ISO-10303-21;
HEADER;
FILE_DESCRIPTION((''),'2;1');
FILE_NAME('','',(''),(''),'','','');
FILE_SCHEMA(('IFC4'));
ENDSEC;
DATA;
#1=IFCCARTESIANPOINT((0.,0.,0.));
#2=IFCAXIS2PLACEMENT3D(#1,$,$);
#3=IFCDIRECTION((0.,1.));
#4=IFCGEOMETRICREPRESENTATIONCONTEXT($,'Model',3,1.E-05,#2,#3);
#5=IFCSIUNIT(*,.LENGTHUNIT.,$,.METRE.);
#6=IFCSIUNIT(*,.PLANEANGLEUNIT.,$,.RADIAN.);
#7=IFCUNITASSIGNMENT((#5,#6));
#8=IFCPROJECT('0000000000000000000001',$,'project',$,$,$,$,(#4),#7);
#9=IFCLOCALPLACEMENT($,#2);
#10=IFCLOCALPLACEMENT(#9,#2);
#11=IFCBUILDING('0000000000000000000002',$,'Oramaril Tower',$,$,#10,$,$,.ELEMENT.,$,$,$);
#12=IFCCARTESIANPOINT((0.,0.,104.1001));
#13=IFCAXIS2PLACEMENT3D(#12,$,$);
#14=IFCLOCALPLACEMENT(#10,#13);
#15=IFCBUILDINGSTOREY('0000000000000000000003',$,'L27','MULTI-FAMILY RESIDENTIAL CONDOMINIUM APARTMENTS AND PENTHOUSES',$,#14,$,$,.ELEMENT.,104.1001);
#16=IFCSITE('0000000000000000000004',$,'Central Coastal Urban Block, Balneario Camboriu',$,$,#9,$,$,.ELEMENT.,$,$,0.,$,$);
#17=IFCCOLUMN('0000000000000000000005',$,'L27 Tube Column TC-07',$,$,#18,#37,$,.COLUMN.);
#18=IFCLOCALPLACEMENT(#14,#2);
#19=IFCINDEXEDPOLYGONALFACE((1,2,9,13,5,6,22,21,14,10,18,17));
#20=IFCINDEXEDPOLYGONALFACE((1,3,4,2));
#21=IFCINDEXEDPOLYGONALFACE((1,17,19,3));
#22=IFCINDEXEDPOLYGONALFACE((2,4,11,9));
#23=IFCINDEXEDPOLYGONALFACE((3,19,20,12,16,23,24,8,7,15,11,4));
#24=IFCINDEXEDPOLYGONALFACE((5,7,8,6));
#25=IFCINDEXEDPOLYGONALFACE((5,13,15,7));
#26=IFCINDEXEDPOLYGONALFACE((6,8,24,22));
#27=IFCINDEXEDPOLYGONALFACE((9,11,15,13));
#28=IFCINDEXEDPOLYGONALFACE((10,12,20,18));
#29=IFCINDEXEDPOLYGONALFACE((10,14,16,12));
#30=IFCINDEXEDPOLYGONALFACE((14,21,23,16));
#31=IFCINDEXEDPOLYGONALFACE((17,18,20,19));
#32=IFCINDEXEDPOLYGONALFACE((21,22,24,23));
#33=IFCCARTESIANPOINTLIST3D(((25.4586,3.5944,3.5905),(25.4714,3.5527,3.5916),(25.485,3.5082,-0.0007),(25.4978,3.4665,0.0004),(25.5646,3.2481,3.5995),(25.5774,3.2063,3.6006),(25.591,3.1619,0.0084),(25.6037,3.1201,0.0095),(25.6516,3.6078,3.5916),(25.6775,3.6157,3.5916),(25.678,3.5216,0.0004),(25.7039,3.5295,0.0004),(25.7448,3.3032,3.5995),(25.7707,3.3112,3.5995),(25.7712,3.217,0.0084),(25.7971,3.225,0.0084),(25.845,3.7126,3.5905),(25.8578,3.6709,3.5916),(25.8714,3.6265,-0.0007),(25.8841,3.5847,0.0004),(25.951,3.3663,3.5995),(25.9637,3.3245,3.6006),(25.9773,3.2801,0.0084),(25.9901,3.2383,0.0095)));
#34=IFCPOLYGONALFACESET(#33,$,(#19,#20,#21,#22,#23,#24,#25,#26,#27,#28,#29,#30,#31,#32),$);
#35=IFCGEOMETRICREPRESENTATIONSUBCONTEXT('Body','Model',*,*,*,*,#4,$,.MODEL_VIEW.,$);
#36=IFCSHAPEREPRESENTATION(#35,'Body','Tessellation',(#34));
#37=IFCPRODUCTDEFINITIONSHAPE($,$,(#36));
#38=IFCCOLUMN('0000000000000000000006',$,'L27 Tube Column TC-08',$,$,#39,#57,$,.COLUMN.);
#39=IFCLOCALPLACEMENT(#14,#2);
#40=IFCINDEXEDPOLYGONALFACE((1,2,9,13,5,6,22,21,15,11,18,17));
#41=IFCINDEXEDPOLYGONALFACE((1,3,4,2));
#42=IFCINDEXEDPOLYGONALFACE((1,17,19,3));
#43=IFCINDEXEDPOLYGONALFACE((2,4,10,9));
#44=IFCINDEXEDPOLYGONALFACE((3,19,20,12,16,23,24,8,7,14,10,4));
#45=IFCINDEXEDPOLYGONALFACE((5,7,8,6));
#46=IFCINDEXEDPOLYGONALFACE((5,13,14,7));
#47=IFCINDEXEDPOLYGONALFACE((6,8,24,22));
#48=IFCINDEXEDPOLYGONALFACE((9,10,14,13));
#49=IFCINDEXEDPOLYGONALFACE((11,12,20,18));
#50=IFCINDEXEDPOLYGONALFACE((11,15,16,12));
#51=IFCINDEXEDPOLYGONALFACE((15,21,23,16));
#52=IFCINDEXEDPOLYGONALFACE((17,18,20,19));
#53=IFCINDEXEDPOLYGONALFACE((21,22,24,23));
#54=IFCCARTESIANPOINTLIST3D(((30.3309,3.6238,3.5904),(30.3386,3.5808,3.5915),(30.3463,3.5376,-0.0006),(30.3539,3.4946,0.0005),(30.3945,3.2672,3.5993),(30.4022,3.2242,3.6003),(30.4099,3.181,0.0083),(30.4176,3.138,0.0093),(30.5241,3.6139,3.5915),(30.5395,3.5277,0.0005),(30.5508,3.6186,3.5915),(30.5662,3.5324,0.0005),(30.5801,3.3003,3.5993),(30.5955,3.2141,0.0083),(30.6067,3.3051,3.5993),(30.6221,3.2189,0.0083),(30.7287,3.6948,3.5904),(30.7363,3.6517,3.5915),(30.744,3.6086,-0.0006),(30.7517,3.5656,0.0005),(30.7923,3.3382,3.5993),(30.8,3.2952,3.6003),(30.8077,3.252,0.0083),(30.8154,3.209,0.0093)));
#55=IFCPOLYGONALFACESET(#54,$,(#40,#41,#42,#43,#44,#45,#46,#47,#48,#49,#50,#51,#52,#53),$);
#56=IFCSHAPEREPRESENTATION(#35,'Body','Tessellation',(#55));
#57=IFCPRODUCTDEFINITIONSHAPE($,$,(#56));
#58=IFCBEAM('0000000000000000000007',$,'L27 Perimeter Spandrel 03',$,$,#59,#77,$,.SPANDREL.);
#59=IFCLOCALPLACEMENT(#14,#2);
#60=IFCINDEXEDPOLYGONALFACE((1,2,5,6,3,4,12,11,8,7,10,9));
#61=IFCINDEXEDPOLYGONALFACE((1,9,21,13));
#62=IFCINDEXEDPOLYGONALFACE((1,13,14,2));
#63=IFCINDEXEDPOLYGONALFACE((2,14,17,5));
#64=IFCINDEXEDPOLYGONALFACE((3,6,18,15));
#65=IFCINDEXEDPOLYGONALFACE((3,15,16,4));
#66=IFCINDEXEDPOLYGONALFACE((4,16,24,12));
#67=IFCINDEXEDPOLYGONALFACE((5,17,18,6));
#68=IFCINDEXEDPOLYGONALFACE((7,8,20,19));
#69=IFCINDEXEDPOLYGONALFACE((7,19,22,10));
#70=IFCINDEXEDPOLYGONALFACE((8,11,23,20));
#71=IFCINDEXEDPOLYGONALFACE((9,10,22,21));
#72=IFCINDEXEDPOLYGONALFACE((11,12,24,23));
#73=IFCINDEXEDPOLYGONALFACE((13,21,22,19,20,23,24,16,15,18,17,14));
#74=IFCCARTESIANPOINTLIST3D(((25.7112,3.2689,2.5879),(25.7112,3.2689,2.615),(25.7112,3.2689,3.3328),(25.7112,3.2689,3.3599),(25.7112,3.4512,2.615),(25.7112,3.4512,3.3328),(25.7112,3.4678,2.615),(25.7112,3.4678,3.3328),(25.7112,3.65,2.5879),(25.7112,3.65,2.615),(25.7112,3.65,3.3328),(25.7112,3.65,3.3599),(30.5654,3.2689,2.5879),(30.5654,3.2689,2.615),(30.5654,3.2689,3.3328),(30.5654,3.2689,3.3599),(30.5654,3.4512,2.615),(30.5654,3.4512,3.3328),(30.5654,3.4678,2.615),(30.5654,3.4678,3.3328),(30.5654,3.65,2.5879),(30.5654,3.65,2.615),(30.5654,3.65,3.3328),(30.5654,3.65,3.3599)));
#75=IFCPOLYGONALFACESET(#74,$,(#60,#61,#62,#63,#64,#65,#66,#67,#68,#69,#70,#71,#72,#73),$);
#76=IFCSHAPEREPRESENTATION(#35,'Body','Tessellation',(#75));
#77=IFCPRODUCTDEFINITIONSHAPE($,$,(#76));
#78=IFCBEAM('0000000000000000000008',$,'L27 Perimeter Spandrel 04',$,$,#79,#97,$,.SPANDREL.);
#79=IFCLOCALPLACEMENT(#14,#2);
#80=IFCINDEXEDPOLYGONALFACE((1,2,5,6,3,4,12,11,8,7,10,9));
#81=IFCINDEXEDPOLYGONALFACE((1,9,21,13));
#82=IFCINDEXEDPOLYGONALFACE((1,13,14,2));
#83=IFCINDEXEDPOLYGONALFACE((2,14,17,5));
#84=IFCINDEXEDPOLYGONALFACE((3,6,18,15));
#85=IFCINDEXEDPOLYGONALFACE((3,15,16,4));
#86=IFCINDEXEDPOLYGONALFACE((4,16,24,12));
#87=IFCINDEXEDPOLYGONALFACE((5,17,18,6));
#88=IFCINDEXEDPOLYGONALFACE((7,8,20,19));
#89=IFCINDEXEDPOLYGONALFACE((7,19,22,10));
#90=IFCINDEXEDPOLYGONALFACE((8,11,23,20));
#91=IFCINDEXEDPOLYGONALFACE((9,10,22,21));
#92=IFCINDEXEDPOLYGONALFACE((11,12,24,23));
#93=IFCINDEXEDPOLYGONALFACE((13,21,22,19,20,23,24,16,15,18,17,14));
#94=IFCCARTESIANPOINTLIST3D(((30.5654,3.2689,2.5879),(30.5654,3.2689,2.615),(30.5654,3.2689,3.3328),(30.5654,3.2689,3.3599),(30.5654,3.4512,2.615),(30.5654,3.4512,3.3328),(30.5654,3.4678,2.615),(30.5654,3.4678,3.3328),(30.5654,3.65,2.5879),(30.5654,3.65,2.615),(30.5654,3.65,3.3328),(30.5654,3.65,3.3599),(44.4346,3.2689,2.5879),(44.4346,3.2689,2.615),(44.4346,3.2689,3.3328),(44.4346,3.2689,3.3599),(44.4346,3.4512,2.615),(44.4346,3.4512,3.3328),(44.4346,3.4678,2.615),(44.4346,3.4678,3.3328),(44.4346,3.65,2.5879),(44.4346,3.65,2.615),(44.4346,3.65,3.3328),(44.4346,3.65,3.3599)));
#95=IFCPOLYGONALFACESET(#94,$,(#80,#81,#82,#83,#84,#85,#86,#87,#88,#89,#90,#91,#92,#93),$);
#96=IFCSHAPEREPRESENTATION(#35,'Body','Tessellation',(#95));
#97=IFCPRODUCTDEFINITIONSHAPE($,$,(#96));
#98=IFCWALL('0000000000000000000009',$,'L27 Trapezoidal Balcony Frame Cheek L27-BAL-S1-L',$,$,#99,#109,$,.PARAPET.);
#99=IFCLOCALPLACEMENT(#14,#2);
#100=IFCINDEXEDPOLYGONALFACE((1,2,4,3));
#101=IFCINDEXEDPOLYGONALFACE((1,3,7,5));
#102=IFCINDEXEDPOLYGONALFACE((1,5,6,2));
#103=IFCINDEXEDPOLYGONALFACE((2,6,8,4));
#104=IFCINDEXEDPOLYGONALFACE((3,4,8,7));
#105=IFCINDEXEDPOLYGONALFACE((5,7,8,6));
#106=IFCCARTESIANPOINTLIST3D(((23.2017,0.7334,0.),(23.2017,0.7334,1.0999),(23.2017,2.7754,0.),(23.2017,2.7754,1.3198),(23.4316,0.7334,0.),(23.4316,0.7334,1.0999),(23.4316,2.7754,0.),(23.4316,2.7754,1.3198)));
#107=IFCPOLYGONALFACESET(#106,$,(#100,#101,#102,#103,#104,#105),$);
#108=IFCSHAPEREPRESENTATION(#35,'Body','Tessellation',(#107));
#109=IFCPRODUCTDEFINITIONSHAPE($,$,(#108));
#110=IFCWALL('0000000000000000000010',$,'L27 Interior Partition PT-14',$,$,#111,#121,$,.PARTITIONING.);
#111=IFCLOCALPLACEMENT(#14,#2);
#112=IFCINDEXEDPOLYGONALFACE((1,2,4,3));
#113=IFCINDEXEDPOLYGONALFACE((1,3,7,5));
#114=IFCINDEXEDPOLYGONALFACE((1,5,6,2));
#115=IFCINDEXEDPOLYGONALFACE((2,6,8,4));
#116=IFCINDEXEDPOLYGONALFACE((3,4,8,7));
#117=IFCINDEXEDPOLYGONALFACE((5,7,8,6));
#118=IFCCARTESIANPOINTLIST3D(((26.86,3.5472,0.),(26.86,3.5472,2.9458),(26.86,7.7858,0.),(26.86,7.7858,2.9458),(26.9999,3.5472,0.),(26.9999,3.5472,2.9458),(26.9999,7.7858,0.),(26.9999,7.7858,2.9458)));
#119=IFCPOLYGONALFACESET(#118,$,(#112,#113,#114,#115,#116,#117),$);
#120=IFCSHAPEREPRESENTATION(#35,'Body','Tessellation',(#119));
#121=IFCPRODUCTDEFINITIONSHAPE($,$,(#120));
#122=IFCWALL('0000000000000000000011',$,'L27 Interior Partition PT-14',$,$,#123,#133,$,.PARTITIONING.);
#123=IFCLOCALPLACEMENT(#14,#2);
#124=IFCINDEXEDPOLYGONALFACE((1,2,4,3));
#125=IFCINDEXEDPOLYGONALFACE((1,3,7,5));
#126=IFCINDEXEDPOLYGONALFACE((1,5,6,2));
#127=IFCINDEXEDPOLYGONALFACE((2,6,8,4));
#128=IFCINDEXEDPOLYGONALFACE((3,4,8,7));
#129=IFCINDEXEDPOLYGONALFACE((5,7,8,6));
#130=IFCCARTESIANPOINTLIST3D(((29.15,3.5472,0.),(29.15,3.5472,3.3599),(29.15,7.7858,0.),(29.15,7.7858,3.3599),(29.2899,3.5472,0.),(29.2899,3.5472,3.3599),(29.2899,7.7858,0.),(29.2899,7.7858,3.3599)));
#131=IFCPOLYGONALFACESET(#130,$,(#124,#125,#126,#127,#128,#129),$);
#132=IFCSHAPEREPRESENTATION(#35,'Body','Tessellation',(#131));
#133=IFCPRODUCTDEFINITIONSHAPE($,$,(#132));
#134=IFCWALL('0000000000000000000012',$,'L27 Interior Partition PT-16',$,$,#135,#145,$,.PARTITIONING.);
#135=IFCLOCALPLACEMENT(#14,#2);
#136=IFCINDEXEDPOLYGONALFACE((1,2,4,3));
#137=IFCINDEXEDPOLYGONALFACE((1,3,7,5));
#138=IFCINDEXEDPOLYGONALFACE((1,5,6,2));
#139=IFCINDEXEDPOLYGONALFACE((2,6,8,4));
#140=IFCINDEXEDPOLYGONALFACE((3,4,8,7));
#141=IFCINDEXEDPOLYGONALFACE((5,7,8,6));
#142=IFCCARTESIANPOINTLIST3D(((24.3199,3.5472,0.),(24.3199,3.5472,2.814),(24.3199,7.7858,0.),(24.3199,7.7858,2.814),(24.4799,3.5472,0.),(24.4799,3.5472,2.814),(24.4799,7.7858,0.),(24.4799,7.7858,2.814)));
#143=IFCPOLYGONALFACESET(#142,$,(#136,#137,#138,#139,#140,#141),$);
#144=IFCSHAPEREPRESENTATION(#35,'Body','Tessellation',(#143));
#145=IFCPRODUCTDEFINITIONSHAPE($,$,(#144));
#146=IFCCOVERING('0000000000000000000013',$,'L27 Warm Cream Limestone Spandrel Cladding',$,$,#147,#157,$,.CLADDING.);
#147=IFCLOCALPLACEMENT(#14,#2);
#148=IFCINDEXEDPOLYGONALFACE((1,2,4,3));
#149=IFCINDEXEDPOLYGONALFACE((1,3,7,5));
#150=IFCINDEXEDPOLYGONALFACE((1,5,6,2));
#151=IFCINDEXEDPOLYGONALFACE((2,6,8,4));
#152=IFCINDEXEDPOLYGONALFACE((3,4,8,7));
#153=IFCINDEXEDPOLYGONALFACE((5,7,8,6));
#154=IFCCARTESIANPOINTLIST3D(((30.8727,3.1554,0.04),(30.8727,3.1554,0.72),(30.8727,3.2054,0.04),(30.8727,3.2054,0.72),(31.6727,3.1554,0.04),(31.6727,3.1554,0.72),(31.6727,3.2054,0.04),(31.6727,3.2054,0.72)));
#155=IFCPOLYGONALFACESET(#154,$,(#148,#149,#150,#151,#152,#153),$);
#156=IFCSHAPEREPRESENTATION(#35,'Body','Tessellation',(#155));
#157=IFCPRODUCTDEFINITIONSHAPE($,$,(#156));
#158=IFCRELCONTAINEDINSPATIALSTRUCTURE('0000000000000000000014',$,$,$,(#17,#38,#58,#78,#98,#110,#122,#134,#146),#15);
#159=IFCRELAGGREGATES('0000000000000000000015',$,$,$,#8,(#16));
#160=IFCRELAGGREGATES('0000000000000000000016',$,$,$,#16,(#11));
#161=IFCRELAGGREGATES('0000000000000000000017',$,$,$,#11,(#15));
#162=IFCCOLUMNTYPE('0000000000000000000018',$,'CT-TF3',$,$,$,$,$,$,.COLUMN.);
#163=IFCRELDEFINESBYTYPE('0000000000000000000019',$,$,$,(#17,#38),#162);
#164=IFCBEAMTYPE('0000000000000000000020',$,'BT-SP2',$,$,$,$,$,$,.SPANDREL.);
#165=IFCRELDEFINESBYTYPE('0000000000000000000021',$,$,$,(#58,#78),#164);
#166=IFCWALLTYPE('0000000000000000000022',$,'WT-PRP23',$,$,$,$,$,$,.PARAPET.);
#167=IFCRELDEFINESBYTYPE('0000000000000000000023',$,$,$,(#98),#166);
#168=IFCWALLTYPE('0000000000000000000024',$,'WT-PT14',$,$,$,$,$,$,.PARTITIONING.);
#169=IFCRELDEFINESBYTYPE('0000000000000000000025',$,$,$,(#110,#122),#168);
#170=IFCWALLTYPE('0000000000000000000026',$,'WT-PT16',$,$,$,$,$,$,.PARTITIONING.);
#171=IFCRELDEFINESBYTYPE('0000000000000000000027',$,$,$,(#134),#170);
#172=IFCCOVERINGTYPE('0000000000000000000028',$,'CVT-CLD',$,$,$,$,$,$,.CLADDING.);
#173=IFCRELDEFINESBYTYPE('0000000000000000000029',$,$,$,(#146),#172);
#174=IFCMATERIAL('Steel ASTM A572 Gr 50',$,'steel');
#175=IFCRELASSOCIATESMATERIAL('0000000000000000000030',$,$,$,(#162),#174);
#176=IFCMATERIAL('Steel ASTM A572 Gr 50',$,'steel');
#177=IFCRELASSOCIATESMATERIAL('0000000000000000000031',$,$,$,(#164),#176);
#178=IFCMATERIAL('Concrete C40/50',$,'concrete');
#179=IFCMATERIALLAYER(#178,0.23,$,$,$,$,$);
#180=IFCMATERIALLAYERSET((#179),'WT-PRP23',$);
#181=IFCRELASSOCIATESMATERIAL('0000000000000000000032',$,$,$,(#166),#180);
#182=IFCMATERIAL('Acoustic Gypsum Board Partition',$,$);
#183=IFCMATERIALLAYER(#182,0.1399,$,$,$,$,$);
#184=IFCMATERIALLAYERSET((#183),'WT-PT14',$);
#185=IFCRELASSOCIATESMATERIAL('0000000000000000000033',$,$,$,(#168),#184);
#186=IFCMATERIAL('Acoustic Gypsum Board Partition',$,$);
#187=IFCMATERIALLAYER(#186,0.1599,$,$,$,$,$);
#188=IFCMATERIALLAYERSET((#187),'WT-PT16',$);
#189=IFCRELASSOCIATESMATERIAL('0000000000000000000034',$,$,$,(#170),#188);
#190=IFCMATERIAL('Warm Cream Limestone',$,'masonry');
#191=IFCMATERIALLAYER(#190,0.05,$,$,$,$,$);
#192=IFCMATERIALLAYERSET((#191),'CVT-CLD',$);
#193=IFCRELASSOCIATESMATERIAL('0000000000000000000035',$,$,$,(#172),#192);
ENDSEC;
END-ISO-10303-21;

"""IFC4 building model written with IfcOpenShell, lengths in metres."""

from ifc_helpers import new_model, si_unit, direction, frame, frame_2d, origin, origin_2d, place, context, subcontext, project, spatial, polyline, rectangle, i_section, outline, extrude, material, layer, layer_set, material_profile, profile_set, type_object, element, save


model = new_model("IFC4")

# Units and contexts
model_context = context("Model", 3, precision=1e-05, world=origin(), true_north=direction((0.0, 1.0)))
body_context = subcontext(model_context, "Body", "Model", "MODEL_VIEW")
ifc_project = project(units=[si_unit("LENGTHUNIT", "METRE"), si_unit("PLANEANGLEUNIT", "RADIAN")], contexts=[model_context])

# Site, building, storey
site_placement = place(None, origin())
site = spatial("IfcSite", under=ifc_project, at=site_placement, Name="Central Coastal Urban Block, Balneario Camboriu", CompositionType="ELEMENT", RefElevation=0.0)
building_placement = place(site_placement, origin())
building = spatial("IfcBuilding", under=site, at=building_placement, Name="Oramaril Tower", CompositionType="ELEMENT")
storey_placement = place(building_placement, frame((0.0, 0.0, 104.1001)))
storey = spatial("IfcBuildingStorey", under=building, at=storey_placement, Name="L27", Description="MULTI-FAMILY RESIDENTIAL CONDOMINIUM APARTMENTS AND PENTHOUSES", CompositionType="ELEMENT", Elevation=104.1001)

# Columns
ifc_material_1 = material(Name="Steel ASTM A572 Gr 50", Category="steel")
ifc_material_profile_1 = material_profile(ifc_material_1, i_section(OverallWidth=0.4041, OverallDepth=0.406, WebThickness=0.0271, FlangeThickness=0.0437, at=origin_2d()), Name="W14X233")
ifc_profile_set_1 = profile_set([ifc_material_profile_1], Name="Steel ASTM A572 Gr 50")
column_type = type_object("IfcColumnType", Name="CT-TF3", PredefinedType="COLUMN", material=ifc_profile_set_1)
column_1_placement = place(storey_placement, frame((25.7375, 3.3733, 0.0044), z_axis=(-0.00734, 0.023991, 0.999685), x_axis=(-0.956246, -0.292563, 0.0)))
element("IfcColumn", 1, at=column_1_placement, inside=storey, type_object=column_type, Name="L27 Tube Column TC-07", PredefinedType="COLUMN", context=body_context, shape_type="SweptSolid", body=[
    extrude(i_section(OverallWidth=0.4041, OverallDepth=0.406, WebThickness=0.0271, FlangeThickness=0.0437, at=origin_2d()), origin(), (0.0, 0.0, 1.0), 3.5923),
])
column_2_placement = place(storey_placement, frame((30.5808, 3.3733, 0.0044), z_axis=(-0.004282, 0.023992, 0.999703), x_axis=(-0.984445, -0.175694, 0.0)))
element("IfcColumn", 2, at=column_2_placement, inside=storey, type_object=column_type, Name="L27 Tube Column TC-08", PredefinedType="COLUMN", context=body_context, shape_type="SweptSolid", body=[
    extrude(i_section(OverallWidth=0.4041, OverallDepth=0.406, WebThickness=0.0271, FlangeThickness=0.0437, at=origin_2d()), origin(), (0.0, 0.0, 1.0), 3.592),
])

# Beams
ifc_material_2 = material(Name="Steel ASTM A572 Gr 50", Category="steel")
ifc_material_profile_2 = material_profile(ifc_material_2, i_section(OverallWidth=0.3811, OverallDepth=0.772, WebThickness=0.0166, FlangeThickness=0.0271, at=origin_2d()), Name="W30X173")
ifc_profile_set_2 = profile_set([ifc_material_profile_2], Name="Steel ASTM A572 Gr 50")
beam_type = type_object("IfcBeamType", Name="BT-SP2", PredefinedType="SPANDREL", material=ifc_profile_set_2)
beam_1_placement = place(storey_placement, frame((25.7112, 3.4595, 2.9739), z_axis=(1.0, 0.0, 0.0), x_axis=(0.0, 1.0, 0.0)))
element("IfcBeam", 3, at=beam_1_placement, inside=storey, type_object=beam_type, Name="L27 Perimeter Spandrel 03", PredefinedType="SPANDREL", context=body_context, shape_type="SweptSolid", body=[
    extrude(i_section(OverallWidth=0.3811, OverallDepth=0.772, WebThickness=0.0166, FlangeThickness=0.0271, at=origin_2d()), origin(), (0.0, 0.0, 1.0), 4.8542),
])
beam_2_placement = place(storey_placement, frame((30.5654, 3.4595, 2.9739), z_axis=(1.0, 0.0, 0.0), x_axis=(0.0, 1.0, 0.0)))
element("IfcBeam", 4, at=beam_2_placement, inside=storey, type_object=beam_type, Name="L27 Perimeter Spandrel 04", PredefinedType="SPANDREL", context=body_context, shape_type="SweptSolid", body=[
    extrude(i_section(OverallWidth=0.3811, OverallDepth=0.772, WebThickness=0.0166, FlangeThickness=0.0271, at=origin_2d()), origin(), (0.0, 0.0, 1.0), 13.8691),
])

# Walls
ifc_material_3 = material(Name="Concrete C40/50", Category="concrete")
ifc_layer_1 = layer(ifc_material_3, 0.23)
ifc_layer_set_1 = layer_set([ifc_layer_1], Name="WT-PRP23")
wall_type_1 = type_object("IfcWallType", Name="WT-PRP23", PredefinedType="PARAPET", material=ifc_layer_set_1)
wall_1_placement = place(storey_placement, frame((23.3167, 2.7754, 0.0), z_axis=(0.0, 0.0, 1.0), x_axis=(0.0, -1.0, 0.0)))
element("IfcWall", 5, at=wall_1_placement, inside=storey, type_object=wall_type_1, Name="L27 Trapezoidal Balcony Frame Cheek L27-BAL-S1-L", PredefinedType="PARAPET", context=body_context, shape_type="SweptSolid", body=[
    extrude(outline(polyline([(0.0, 0.0), (2.042, 0.0), (2.042, 1.0999), (0.0, 1.3198), (0.0, 0.0)])), frame((0.0, 0.115, 0.0), z_axis=(0.0, -1.0, 0.0), x_axis=(1.0, 0.0, 0.0)), (0.0, 0.0, 1.0), 0.23),
])
ifc_material_4 = material(Name="Acoustic Gypsum Board Partition")
ifc_layer_2 = layer(ifc_material_4, 0.1399)
ifc_layer_set_2 = layer_set([ifc_layer_2], Name="WT-PT14")
wall_type_2 = type_object("IfcWallType", Name="WT-PT14", PredefinedType="PARTITIONING", material=ifc_layer_set_2)
wall_2_placement = place(storey_placement, frame((26.9299, 3.5474, 0.0), z_axis=(0.0, 0.0, 1.0), x_axis=(0.0, 1.0, 0.0)))
element("IfcWall", 6, at=wall_2_placement, inside=storey, type_object=wall_type_2, Name="L27 Interior Partition PT-14", PredefinedType="PARTITIONING", context=body_context, shape_type="SweptSolid", body=[
    extrude(rectangle(XDim=4.2385, YDim=0.1399, at=frame_2d((2.1191, 0.0))), origin(), (0.0, 0.0, 1.0), 2.9458),
])
wall_3_placement = place(storey_placement, frame((29.22, 3.5474, 0.0), z_axis=(0.0, 0.0, 1.0), x_axis=(0.0, 1.0, 0.0)))
element("IfcWall", 7, at=wall_3_placement, inside=storey, type_object=wall_type_2, Name="L27 Interior Partition PT-14", PredefinedType="PARTITIONING", context=body_context, shape_type="SweptSolid", body=[
    extrude(rectangle(XDim=4.2385, YDim=0.1399, at=frame_2d((2.1191, 0.0))), origin(), (0.0, 0.0, 1.0), 3.3599),
])
ifc_material_5 = material(Name="Acoustic Gypsum Board Partition")
ifc_layer_3 = layer(ifc_material_5, 0.1599)
ifc_layer_set_3 = layer_set([ifc_layer_3], Name="WT-PT16")
wall_type_3 = type_object("IfcWallType", Name="WT-PT16", PredefinedType="PARTITIONING", material=ifc_layer_set_3)
wall_4_placement = place(storey_placement, frame((24.3999, 3.5474, 0.0), z_axis=(0.0, 0.0, 1.0), x_axis=(0.0, 1.0, 0.0)))
element("IfcWall", 8, at=wall_4_placement, inside=storey, type_object=wall_type_3, Name="L27 Interior Partition PT-16", PredefinedType="PARTITIONING", context=body_context, shape_type="SweptSolid", body=[
    extrude(rectangle(XDim=4.2385, YDim=0.1599, at=frame_2d((2.1191, 0.0))), origin(), (0.0, 0.0, 1.0), 2.814),
])

# Covering
ifc_material_6 = material(Name="Warm Cream Limestone", Category="masonry")
ifc_layer_4 = layer(ifc_material_6, 0.05)
ifc_layer_set_4 = layer_set([ifc_layer_4], Name="CVT-CLD")
covering_type = type_object("IfcCoveringType", Name="CVT-CLD", PredefinedType="CLADDING", material=ifc_layer_set_4)
covering_placement = place(storey_placement, frame((31.2727, 3.1804, 0.04), z_axis=(0.0, 0.0, 1.0), x_axis=(1.0, 0.0, 0.0)))
element("IfcCovering", 9, at=covering_placement, inside=storey, type_object=covering_type, Name="L27 Warm Cream Limestone Spandrel Cladding", PredefinedType="CLADDING", context=body_context, shape_type="SweptSolid", body=[
    extrude(rectangle(XDim=0.8, YDim=0.05, at=origin_2d()), origin(), (0.0, 0.0, 1.0), 0.6799),
])

save(model, "model.ifc")
